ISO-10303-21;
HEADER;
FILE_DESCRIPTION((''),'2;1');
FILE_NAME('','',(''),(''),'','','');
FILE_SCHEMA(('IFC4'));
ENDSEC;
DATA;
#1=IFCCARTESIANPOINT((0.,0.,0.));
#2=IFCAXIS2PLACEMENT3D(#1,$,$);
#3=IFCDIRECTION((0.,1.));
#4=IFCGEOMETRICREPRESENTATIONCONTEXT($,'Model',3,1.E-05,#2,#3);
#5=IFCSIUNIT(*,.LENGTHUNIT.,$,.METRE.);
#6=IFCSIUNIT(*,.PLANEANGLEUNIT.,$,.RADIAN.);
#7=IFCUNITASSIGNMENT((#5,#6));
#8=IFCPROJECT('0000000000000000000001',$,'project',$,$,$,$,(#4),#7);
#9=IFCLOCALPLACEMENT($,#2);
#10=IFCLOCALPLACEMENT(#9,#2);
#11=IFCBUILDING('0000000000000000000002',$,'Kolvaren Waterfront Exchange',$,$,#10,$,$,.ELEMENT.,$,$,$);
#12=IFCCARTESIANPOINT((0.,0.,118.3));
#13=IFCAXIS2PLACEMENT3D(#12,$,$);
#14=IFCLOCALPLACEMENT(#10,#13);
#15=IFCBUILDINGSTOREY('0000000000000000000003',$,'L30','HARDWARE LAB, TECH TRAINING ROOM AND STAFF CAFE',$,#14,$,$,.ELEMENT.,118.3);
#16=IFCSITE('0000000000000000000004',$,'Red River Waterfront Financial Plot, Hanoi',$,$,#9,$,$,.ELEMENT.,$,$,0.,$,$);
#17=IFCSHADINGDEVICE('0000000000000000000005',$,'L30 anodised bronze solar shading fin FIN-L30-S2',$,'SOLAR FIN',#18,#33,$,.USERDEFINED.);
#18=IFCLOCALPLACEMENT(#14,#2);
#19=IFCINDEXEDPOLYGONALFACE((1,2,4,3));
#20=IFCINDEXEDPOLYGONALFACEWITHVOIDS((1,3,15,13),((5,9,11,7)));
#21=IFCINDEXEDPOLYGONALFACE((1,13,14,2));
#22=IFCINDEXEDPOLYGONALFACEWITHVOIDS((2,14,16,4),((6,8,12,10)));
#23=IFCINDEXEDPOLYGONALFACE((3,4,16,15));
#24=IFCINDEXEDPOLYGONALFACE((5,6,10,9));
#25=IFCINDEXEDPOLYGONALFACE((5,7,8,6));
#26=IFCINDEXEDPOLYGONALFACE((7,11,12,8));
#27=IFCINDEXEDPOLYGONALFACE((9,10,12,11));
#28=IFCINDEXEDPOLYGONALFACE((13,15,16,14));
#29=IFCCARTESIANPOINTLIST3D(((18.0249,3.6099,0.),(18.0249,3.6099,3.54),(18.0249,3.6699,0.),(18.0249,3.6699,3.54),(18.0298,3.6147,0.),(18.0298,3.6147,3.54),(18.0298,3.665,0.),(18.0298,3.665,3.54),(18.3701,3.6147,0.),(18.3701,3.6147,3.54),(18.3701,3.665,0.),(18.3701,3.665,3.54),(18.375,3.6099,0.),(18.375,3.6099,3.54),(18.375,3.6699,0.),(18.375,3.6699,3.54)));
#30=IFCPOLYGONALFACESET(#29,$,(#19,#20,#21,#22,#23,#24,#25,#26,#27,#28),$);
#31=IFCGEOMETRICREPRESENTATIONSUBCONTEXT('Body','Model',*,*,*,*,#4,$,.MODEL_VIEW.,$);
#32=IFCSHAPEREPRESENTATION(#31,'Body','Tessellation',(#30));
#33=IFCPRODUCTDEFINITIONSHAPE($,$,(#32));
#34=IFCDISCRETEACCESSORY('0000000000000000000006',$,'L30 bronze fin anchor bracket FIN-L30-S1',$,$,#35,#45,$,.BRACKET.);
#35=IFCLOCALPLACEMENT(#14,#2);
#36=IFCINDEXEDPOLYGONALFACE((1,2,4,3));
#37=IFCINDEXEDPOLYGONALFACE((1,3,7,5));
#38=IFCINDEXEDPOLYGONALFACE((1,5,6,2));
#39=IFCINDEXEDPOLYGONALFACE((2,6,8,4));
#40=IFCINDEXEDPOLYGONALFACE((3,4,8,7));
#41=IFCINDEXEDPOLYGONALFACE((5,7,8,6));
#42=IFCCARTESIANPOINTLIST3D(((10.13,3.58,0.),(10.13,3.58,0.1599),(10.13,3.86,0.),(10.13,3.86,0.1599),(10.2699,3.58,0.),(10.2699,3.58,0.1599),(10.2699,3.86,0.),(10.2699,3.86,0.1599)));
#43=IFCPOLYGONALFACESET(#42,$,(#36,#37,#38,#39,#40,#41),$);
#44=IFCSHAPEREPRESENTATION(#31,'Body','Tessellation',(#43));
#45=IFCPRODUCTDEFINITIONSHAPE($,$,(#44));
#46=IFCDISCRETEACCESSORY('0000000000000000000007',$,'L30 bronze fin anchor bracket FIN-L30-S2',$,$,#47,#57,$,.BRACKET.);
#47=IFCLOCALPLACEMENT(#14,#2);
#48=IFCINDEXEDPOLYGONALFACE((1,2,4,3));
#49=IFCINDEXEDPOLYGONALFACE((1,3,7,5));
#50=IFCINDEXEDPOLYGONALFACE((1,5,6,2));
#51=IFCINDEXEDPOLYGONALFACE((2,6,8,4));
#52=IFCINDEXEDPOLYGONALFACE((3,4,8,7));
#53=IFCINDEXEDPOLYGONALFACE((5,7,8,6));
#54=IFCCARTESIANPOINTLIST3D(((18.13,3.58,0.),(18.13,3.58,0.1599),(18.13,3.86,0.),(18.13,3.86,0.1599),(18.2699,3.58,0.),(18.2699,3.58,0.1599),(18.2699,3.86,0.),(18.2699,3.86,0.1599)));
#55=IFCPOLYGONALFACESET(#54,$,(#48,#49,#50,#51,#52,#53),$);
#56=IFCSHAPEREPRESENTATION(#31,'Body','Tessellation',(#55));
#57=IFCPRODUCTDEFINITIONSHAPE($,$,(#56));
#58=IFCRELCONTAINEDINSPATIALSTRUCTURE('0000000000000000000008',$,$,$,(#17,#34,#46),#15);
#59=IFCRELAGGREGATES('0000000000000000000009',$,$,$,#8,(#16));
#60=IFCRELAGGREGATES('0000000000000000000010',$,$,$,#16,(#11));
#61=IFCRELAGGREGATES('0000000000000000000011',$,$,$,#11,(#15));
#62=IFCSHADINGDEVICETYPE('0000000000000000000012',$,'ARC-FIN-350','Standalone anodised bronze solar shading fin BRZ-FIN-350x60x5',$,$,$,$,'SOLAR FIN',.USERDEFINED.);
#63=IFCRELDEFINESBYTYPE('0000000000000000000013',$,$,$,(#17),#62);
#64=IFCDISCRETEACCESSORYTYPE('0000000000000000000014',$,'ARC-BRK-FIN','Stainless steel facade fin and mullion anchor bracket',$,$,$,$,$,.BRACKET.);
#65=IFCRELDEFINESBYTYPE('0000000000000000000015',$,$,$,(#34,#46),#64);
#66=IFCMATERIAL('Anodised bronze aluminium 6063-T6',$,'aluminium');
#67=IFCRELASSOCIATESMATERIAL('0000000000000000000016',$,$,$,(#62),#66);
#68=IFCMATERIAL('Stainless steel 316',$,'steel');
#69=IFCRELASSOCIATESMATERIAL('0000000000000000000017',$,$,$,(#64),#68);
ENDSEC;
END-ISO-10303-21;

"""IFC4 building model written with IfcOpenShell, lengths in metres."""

from ifc_helpers import new_model, si_unit, direction, frame, origin, origin_with_axes, origin_2d, place, context, subcontext, project, spatial, rectangle, hollow_rectangle, extrude, source, transform, mapped, material, material_profile, profile_set, type_object, element, save


model = new_model("IFC4")

# Units and contexts
model_context = context("Model", 3, precision=1e-05, world=origin(), true_north=direction((0.0, 1.0)))
body_context = subcontext(model_context, "Body", "Model", "MODEL_VIEW")
ifc_project = project(units=[si_unit("LENGTHUNIT", "METRE"), si_unit("PLANEANGLEUNIT", "RADIAN")], contexts=[model_context])

# Site, building, storey
site_placement = place(None, origin())
site = spatial("IfcSite", under=ifc_project, at=site_placement, Name="Red River Waterfront Financial Plot, Hanoi", CompositionType="ELEMENT", RefElevation=0.0)
building_placement = place(site_placement, origin())
building = spatial("IfcBuilding", under=site, at=building_placement, Name="Kolvaren Waterfront Exchange", CompositionType="ELEMENT")
storey_placement = place(building_placement, frame((0.0, 0.0, 118.3)))
storey = spatial("IfcBuildingStorey", under=building, at=storey_placement, Name="L30", Description="HARDWARE LAB, TECH TRAINING ROOM AND STAFF CAFE", CompositionType="ELEMENT", Elevation=118.3)

# Shared definitions
ifc_material_1 = material(Name="Anodised bronze aluminium 6063-T6", Category="aluminium")

# Shading device
ifc_material_profile_1 = material_profile(ifc_material_1, hollow_rectangle(XDim=0.0601, YDim=0.3501, WallThickness=0.0049, at=origin_2d()), Name="BRZ-FIN-350x60x5")
ifc_profile_set_1 = profile_set([ifc_material_profile_1], Name="Anodised bronze aluminium 6063-T6")
shading_device_type = type_object("IfcShadingDeviceType", Name="ARC-FIN-350", Description="Standalone anodised bronze solar shading fin BRZ-FIN-350x60x5", ElementType="SOLAR FIN", PredefinedType="USERDEFINED", material=ifc_profile_set_1)
for number, where, z_axis, x_axis, name in (
    (1, (18.2, 3.6399, 0.0), (0.0, 0.0, 1.0), (0.0, -1.0, 0.0), "L30 anodised bronze solar shading fin FIN-L30-S2"),
):
    element("IfcShadingDevice", number, at=place(storey_placement, frame(where, z_axis=z_axis, x_axis=x_axis)), inside=storey, type_object=shading_device_type, Name=name, ObjectType="SOLAR FIN", PredefinedType="USERDEFINED", context=body_context, shape_type="SweptSolid", body=[
        extrude(hollow_rectangle(XDim=0.0601, YDim=0.3501, WallThickness=0.0049, at=origin_2d()), origin(), (0.0, 0.0, 1.0), 3.54),
    ])

# Discrete accessories
ifc_material_2 = material(Name="Stainless steel 316", Category="steel")
discrete_accessory_type = type_object("IfcDiscreteAccessoryType", Name="ARC-BRK-FIN", Description="Stainless steel facade fin and mullion anchor bracket", PredefinedType="BRACKET", material=ifc_material_2)
shared_shape_1 = source(origin_with_axes(), body_context, "Body", "SweptSolid", [
    extrude(rectangle(XDim=0.28, YDim=0.1399, at=origin_2d()), origin(), (0.0, 0.0, 1.0), 0.1599),
])
for number, where, z_axis, x_axis, name in (
    (2, (10.2, 3.72, 0.0), (0.0, 0.0, 1.0), (0.0, -1.0, 0.0), "L30 bronze fin anchor bracket FIN-L30-S1"),
    (3, (18.2, 3.72, 0.0), (0.0, 0.0, 1.0), (0.0, -1.0, 0.0), "L30 bronze fin anchor bracket FIN-L30-S2"),
):
    element("IfcDiscreteAccessory", number, at=place(storey_placement, frame(where, z_axis=z_axis, x_axis=x_axis)), inside=storey, type_object=discrete_accessory_type, Name=name, PredefinedType="BRACKET", context=body_context, shape_type="MappedRepresentation", body=[
        mapped(shared_shape_1, transform((0.0, 0.0, 0.0), x_axis=(1.0, 0.0, 0.0), y_axis=(0.0, 1.0, 0.0), z_axis=(0.0, 0.0, 1.0), scale=1.0)),
    ])

save(model, "model.ifc")
